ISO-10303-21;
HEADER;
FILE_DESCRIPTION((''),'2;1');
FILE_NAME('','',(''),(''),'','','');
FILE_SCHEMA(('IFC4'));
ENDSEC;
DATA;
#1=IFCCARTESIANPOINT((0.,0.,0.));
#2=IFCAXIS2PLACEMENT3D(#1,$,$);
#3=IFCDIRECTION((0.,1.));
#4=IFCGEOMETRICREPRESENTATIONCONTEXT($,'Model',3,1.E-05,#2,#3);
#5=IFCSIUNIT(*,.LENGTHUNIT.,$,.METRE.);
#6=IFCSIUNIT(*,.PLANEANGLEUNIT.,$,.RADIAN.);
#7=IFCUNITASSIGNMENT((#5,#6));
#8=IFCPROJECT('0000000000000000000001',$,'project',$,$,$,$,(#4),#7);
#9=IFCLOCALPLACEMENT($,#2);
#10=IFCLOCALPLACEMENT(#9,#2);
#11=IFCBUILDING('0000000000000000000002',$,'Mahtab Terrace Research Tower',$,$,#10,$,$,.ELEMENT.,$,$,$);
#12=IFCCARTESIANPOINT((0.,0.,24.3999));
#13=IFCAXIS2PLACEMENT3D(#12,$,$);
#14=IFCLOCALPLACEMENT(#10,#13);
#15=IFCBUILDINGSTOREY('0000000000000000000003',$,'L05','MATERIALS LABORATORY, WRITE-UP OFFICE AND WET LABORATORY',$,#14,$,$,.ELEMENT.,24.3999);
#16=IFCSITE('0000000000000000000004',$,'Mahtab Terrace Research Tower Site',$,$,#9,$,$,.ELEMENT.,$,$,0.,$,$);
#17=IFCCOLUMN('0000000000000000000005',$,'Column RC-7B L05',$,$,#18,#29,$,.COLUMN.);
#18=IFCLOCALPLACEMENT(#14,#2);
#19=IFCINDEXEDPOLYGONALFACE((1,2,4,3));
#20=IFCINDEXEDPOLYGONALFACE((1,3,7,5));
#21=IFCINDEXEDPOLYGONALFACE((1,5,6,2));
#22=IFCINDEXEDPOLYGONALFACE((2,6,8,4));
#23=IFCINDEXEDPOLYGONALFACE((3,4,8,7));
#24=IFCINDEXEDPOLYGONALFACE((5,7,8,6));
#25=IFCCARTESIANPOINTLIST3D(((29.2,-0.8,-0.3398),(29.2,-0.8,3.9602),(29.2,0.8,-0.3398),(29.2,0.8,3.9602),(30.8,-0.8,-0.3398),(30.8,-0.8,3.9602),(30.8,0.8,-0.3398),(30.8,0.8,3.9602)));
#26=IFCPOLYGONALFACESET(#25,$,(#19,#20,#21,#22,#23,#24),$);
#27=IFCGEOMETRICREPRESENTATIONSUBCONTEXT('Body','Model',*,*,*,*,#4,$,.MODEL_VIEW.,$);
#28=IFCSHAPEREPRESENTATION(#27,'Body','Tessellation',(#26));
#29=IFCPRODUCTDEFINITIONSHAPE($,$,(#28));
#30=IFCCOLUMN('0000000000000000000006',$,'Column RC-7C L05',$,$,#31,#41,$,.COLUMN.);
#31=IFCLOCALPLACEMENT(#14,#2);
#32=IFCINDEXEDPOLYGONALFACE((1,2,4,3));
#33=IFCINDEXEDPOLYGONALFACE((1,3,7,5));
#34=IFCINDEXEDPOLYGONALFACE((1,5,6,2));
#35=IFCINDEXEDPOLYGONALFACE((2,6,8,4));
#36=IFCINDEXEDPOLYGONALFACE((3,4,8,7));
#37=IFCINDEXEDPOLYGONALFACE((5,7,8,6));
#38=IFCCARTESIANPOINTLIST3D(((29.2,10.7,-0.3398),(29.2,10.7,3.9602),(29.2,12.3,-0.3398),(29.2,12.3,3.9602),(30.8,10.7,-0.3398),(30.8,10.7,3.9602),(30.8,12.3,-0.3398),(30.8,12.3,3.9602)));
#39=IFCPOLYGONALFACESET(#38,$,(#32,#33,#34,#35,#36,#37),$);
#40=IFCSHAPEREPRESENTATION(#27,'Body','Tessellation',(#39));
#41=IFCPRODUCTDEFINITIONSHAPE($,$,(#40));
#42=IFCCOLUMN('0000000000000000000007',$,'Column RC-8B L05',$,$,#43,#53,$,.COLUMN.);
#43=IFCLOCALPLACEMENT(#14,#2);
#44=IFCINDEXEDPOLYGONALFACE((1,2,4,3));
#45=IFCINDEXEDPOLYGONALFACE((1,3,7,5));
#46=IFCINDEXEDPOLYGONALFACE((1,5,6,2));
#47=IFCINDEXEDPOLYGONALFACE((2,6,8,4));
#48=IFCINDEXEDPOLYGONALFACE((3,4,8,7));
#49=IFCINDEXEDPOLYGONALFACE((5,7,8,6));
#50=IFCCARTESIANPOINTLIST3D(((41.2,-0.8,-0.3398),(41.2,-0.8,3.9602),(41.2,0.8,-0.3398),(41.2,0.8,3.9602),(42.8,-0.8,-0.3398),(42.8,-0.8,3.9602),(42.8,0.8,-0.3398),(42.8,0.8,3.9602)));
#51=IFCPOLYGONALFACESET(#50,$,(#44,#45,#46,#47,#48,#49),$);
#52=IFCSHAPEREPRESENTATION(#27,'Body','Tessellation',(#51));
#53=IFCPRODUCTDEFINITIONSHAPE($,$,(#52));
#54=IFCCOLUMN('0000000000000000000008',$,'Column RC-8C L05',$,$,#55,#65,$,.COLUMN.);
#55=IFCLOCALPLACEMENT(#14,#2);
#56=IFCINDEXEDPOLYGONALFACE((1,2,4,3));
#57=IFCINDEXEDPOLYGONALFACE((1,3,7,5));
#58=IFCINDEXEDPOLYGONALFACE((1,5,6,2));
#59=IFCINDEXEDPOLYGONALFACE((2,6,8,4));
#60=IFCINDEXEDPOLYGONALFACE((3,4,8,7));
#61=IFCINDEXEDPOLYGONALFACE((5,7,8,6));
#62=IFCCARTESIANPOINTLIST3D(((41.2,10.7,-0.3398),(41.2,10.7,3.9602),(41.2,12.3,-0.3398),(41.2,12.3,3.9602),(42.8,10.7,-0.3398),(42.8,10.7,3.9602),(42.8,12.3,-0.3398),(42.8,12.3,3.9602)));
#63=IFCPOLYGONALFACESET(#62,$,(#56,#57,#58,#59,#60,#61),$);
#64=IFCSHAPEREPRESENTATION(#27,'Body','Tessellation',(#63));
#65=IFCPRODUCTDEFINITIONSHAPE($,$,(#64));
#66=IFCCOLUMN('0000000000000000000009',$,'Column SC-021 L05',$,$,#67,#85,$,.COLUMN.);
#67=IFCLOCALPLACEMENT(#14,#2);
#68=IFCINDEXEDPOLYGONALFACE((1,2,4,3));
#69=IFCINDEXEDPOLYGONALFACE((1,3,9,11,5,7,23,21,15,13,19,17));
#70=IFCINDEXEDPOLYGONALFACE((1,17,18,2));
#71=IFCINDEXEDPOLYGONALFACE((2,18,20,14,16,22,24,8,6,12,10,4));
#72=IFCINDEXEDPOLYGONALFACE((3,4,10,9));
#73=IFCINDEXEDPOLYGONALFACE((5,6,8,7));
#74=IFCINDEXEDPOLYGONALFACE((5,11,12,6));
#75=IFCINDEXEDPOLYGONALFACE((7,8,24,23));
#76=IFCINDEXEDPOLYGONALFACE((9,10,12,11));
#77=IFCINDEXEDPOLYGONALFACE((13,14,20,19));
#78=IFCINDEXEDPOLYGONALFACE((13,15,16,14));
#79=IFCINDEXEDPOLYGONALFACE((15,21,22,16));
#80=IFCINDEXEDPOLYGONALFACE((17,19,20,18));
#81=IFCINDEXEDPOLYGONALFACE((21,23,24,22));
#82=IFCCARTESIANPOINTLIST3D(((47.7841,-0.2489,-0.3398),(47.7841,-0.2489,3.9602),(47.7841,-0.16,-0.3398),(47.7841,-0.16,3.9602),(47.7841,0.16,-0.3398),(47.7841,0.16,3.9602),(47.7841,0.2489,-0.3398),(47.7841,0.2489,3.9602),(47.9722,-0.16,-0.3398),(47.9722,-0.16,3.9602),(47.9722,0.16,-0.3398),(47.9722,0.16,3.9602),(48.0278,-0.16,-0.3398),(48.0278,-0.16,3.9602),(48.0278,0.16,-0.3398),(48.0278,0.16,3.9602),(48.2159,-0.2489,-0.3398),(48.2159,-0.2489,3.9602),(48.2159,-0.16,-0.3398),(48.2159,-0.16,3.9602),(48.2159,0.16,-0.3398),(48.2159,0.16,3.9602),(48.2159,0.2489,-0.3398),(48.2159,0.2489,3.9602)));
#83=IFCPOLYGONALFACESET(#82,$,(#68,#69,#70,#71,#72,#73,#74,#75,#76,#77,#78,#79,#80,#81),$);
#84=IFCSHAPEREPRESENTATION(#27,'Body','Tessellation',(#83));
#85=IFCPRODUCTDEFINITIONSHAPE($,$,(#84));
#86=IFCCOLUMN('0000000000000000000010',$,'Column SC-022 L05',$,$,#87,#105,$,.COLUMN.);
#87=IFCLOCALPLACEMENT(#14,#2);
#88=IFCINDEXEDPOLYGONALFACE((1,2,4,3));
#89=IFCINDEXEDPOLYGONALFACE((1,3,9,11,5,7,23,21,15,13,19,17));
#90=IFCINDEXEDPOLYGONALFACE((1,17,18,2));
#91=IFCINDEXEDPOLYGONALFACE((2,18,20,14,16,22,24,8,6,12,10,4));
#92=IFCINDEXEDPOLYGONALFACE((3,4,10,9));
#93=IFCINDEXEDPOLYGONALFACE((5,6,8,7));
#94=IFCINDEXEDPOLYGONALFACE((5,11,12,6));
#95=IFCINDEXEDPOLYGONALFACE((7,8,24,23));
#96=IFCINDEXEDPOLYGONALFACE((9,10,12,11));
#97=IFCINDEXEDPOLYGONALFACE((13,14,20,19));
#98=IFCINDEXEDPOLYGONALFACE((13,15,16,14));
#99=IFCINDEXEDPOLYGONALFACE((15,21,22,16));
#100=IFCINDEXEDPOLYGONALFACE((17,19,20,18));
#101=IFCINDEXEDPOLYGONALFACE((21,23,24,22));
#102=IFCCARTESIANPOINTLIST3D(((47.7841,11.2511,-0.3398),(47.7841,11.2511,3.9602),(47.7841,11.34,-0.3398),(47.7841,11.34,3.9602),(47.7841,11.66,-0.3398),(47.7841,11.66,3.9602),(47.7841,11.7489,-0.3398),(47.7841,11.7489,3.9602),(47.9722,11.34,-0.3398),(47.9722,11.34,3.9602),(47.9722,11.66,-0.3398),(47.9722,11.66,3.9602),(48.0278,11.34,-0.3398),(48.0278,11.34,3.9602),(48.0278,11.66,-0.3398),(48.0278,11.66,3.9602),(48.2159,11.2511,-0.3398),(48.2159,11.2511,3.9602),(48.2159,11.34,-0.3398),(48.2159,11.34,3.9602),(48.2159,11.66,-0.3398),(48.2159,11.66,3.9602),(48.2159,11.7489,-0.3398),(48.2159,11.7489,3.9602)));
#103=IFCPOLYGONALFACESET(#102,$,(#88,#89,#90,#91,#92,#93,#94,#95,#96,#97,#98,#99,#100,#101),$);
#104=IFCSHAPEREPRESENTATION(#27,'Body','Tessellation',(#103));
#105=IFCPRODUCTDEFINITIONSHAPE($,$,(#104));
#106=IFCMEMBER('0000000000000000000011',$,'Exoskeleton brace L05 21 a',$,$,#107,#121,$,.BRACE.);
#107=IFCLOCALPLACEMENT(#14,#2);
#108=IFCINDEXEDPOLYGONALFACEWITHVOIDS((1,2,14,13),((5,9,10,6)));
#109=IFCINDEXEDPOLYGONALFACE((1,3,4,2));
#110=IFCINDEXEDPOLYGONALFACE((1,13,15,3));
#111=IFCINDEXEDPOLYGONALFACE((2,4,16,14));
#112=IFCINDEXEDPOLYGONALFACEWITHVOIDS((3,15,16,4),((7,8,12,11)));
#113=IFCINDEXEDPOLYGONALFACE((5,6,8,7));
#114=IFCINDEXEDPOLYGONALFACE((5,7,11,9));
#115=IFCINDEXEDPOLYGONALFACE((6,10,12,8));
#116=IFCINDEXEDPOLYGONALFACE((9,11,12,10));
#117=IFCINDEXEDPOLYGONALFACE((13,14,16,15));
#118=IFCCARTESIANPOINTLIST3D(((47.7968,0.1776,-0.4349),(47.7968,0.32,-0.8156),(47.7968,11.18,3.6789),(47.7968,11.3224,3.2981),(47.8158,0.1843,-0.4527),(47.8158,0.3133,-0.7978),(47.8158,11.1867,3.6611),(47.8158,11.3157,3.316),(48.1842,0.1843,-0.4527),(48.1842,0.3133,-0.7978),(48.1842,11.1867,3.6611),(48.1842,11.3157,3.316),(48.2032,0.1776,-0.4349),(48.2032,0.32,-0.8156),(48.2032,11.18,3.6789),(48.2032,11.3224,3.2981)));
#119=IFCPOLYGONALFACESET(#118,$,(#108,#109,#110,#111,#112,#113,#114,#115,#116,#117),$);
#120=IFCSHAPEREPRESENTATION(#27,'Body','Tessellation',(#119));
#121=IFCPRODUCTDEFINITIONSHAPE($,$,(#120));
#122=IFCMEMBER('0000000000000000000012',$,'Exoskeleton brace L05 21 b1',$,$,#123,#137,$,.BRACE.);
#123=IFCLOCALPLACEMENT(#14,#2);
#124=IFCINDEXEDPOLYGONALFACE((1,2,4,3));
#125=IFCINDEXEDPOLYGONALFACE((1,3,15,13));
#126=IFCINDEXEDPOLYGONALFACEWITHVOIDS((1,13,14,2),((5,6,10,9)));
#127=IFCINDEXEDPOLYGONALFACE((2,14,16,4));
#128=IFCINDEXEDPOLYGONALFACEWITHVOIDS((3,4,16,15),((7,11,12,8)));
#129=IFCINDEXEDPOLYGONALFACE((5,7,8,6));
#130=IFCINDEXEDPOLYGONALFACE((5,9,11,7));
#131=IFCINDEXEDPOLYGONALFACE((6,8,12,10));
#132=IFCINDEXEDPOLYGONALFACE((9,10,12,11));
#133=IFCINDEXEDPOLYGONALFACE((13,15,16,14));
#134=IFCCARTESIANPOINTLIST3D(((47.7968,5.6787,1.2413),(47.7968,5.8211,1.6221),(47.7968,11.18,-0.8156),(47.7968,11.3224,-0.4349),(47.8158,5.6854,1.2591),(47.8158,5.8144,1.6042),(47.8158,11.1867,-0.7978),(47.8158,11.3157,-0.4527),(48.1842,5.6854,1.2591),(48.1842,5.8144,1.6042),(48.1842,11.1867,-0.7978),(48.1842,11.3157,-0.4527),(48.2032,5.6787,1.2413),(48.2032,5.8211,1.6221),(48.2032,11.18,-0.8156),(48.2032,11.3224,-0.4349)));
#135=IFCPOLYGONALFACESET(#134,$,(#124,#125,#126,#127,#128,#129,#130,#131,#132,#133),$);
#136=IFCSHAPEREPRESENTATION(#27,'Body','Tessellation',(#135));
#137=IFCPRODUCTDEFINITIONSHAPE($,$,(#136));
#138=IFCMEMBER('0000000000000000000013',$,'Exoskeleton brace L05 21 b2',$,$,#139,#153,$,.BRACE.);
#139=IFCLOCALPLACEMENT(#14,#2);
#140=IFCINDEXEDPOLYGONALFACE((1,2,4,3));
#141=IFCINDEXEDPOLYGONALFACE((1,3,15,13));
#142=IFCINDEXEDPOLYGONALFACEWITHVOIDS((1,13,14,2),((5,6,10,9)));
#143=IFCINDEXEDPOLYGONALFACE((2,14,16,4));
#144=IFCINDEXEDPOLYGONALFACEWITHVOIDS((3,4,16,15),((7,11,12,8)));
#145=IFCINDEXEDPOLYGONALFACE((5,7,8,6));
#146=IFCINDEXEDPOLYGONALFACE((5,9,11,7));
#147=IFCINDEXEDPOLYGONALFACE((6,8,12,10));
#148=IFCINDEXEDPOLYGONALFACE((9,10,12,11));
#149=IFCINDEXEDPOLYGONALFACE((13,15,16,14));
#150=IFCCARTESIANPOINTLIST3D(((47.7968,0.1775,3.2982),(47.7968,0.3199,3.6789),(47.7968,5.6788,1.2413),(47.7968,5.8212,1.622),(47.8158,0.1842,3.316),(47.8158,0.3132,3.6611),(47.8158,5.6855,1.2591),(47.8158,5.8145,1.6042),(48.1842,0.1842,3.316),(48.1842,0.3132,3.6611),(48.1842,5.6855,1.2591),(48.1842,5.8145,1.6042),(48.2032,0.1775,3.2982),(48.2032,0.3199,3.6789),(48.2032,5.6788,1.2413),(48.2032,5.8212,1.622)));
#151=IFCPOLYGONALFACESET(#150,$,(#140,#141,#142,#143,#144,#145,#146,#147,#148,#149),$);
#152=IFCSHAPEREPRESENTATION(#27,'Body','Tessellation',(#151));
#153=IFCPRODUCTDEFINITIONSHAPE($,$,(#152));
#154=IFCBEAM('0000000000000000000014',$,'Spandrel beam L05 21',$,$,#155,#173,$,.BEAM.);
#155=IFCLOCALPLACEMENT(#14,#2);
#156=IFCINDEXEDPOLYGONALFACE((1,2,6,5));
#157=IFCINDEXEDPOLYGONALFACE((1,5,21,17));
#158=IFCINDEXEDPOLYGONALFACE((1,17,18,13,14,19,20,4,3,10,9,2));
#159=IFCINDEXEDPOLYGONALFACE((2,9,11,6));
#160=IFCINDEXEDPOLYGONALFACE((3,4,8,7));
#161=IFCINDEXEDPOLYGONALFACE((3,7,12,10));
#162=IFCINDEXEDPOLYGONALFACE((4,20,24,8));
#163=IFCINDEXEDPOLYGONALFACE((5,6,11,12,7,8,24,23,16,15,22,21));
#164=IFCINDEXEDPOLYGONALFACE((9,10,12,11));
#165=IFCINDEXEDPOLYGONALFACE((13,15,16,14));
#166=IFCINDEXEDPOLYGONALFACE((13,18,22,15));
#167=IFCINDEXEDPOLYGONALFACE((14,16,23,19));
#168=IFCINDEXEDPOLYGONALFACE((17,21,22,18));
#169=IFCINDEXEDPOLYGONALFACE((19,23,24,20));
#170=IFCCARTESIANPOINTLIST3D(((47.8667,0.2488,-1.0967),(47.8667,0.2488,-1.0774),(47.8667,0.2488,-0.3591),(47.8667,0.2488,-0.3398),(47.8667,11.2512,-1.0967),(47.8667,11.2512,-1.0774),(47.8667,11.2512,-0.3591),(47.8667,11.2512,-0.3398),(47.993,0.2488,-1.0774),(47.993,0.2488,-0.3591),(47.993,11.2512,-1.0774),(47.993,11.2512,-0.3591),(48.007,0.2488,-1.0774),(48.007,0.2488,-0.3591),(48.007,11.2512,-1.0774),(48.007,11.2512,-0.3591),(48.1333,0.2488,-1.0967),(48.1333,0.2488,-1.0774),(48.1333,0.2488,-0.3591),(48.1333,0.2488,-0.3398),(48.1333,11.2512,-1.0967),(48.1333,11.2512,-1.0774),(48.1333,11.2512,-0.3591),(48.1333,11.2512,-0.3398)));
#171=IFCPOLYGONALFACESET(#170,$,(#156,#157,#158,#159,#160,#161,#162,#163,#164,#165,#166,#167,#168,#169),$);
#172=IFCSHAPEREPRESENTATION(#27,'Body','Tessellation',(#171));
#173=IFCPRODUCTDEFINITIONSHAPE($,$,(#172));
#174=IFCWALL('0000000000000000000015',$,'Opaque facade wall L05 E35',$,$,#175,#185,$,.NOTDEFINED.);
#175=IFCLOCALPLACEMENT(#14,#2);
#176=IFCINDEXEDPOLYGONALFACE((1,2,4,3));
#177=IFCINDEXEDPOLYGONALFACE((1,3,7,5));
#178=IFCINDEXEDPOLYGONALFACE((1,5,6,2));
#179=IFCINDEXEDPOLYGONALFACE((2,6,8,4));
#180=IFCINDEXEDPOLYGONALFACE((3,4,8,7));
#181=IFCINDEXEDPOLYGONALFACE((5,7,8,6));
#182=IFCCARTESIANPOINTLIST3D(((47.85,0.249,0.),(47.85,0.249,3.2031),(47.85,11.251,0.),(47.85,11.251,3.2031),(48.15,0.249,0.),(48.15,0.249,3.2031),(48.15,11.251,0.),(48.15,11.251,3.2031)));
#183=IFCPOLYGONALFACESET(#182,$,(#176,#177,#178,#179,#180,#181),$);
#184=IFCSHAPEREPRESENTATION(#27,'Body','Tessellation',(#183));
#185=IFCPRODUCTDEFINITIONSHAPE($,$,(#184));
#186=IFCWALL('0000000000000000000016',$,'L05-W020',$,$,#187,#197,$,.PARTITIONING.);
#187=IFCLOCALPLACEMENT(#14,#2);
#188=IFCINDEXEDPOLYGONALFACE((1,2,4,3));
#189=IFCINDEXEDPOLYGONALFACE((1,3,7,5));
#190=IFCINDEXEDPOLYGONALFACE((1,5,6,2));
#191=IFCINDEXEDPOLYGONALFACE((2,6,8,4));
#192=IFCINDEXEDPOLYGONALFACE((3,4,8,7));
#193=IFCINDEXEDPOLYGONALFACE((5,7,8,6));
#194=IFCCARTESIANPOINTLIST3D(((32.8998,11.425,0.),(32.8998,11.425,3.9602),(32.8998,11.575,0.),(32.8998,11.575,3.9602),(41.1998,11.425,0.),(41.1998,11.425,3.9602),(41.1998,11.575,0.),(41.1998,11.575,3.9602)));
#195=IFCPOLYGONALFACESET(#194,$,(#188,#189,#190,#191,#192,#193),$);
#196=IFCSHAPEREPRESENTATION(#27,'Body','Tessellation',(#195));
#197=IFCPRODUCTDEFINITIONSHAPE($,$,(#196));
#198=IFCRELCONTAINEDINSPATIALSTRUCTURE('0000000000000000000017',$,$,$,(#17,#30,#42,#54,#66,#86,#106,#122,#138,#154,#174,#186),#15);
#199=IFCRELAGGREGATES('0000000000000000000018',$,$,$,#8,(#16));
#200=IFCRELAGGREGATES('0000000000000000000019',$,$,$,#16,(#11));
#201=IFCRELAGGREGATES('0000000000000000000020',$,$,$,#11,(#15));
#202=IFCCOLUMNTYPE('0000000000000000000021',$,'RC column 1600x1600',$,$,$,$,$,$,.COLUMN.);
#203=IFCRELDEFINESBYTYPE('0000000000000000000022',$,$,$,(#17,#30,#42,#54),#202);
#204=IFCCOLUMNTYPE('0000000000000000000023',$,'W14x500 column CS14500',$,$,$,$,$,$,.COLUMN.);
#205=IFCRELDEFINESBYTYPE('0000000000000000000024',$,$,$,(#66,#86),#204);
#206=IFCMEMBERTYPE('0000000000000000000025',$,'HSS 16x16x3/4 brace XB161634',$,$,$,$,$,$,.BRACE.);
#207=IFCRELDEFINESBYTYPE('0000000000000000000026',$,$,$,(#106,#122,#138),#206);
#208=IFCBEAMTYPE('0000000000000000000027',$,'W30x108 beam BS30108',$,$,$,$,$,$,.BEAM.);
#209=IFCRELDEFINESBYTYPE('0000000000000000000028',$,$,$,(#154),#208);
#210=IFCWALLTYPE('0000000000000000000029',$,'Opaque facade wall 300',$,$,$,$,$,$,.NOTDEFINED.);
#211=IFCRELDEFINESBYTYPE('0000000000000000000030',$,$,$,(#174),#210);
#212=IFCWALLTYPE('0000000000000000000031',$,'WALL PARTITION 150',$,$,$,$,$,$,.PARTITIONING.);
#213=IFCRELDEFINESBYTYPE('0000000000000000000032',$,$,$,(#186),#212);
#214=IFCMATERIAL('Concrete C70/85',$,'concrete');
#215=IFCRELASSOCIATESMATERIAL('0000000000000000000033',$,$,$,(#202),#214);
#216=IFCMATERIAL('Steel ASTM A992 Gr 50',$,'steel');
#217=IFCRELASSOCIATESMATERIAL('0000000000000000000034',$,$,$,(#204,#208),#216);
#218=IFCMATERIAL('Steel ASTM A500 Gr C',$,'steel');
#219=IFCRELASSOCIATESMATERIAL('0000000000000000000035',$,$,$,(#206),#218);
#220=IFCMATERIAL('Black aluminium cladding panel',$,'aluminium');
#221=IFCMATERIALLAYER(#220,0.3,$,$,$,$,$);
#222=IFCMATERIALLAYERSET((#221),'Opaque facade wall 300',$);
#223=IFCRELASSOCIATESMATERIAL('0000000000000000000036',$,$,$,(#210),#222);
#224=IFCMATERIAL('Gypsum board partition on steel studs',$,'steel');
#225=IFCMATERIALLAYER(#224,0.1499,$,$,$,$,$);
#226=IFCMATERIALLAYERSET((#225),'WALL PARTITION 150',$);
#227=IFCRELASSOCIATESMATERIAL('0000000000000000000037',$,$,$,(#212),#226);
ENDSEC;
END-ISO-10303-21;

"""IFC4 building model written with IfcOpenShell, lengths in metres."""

from ifc_helpers import new_model, si_unit, direction, frame, frame_2d, origin, origin_2d, place, context, subcontext, project, spatial, rectangle, hollow_rectangle, i_section, extrude, material, layer, layer_set, material_profile, profile_set, type_object, element, save


model = new_model("IFC4")

# Units and contexts
model_context = context("Model", 3, precision=1e-05, world=origin(), true_north=direction((0.0, 1.0)))
body_context = subcontext(model_context, "Body", "Model", "MODEL_VIEW")
ifc_project = project(units=[si_unit("LENGTHUNIT", "METRE"), si_unit("PLANEANGLEUNIT", "RADIAN")], contexts=[model_context])

# Site, building, storey
site_placement = place(None, origin())
site = spatial("IfcSite", under=ifc_project, at=site_placement, Name="Mahtab Terrace Research Tower Site", CompositionType="ELEMENT", RefElevation=0.0)
building_placement = place(site_placement, origin())
building = spatial("IfcBuilding", under=site, at=building_placement, Name="Mahtab Terrace Research Tower", CompositionType="ELEMENT")
storey_placement = place(building_placement, frame((0.0, 0.0, 24.3999)))
storey = spatial("IfcBuildingStorey", under=building, at=storey_placement, Name="L05", Description="MATERIALS LABORATORY, WRITE-UP OFFICE AND WET LABORATORY", CompositionType="ELEMENT", Elevation=24.3999)

# Columns
ifc_material_1 = material(Name="Concrete C70/85", Category="concrete")
ifc_material_profile_1 = material_profile(ifc_material_1, rectangle(XDim=1.6001, YDim=1.6001, at=origin_2d()), Name="RC column 1600x1600")
ifc_profile_set_1 = profile_set([ifc_material_profile_1], Name="Concrete C70/85")
column_type_1 = type_object("IfcColumnType", Name="RC column 1600x1600", PredefinedType="COLUMN", material=ifc_profile_set_1)
for number, where, z_axis, x_axis, name in (
    (1, (30.0, 0.0, -0.3398), (0.0, 0.0, 1.0), (1.0, 0.0, 0.0), "Column RC-7B L05"),
    (2, (30.0, 11.5, -0.3398), (0.0, 0.0, 1.0), (1.0, 0.0, 0.0), "Column RC-7C L05"),
    (3, (42.0, 0.0, -0.3398), (0.0, 0.0, 1.0), (1.0, 0.0, 0.0), "Column RC-8B L05"),
    (4, (42.0, 11.5, -0.3398), (0.0, 0.0, 1.0), (1.0, 0.0, 0.0), "Column RC-8C L05"),
):
    element("IfcColumn", number, at=place(storey_placement, frame(where, z_axis=z_axis, x_axis=x_axis)), inside=storey, type_object=column_type_1, Name=name, PredefinedType="COLUMN", context=body_context, shape_type="SweptSolid", body=[
        extrude(rectangle(XDim=1.6001, YDim=1.6001, at=origin_2d()), origin(), (0.0, 0.0, 1.0), 4.3),
    ])
ifc_material_2 = material(Name="Steel ASTM A992 Gr 50", Category="steel")
ifc_material_profile_2 = material_profile(ifc_material_2, i_section(OverallWidth=0.4319, OverallDepth=0.4978, WebThickness=0.0557, FlangeThickness=0.0889, at=origin_2d()), Name="W14X500")
ifc_profile_set_2 = profile_set([ifc_material_profile_2], Name="Steel ASTM A992 Gr 50")
column_type_2 = type_object("IfcColumnType", Name="W14x500 column CS14500", PredefinedType="COLUMN", material=ifc_profile_set_2)
for number, where, z_axis, x_axis, name in (
    (5, (48.0, 0.0, -0.3398), (0.0, 0.0, 1.0), (1.0, 0.0, 0.0), "Column SC-021 L05"),
    (6, (48.0, 11.5, -0.3398), (0.0, 0.0, 1.0), (1.0, 0.0, 0.0), "Column SC-022 L05"),
):
    element("IfcColumn", number, at=place(storey_placement, frame(where, z_axis=z_axis, x_axis=x_axis)), inside=storey, type_object=column_type_2, Name=name, PredefinedType="COLUMN", context=body_context, shape_type="SweptSolid", body=[
        extrude(i_section(OverallWidth=0.4319, OverallDepth=0.4978, WebThickness=0.0557, FlangeThickness=0.0889, at=origin_2d()), origin(), (0.0, 0.0, 1.0), 4.3),
    ])

# Members
ifc_material_3 = material(Name="Steel ASTM A500 Gr C", Category="steel")
ifc_material_profile_3 = material_profile(ifc_material_3, hollow_rectangle(XDim=0.4065, YDim=0.4065, WallThickness=0.019, at=origin_2d()), Name="HSS16X16X3/4")
ifc_profile_set_3 = profile_set([ifc_material_profile_3], Name="Steel ASTM A500 Gr C")
member_type = type_object("IfcMemberType", Name="HSS 16x16x3/4 brace XB161634", PredefinedType="BRACE", material=ifc_profile_set_3)
member_placement = place(storey_placement, frame((48.0, 0.2488, -0.6252), z_axis=(0.0, 0.936669, 0.350217), x_axis=(-1.0, 0.0, 0.0)))
element("IfcMember", 7, at=member_placement, inside=storey, type_object=member_type, Name="Exoskeleton brace L05 21 a", PredefinedType="BRACE", context=body_context, shape_type="SweptSolid", body=[
    extrude(hollow_rectangle(XDim=0.4065, YDim=0.4065, WallThickness=0.019, at=origin_2d()), origin(), (0.0, 0.0, 1.0), 11.7463),
])
for number, where, z_axis, x_axis, name in (
    (8, (48.0, 11.2512, -0.6252), (0.0, -0.936669, 0.350217), (1.0, 0.0, 0.0), "Exoskeleton brace L05 21 b1"),
    (9, (48.0, 5.75, 1.4316), (0.0, -0.936669, 0.350217), (1.0, 0.0, 0.0), "Exoskeleton brace L05 21 b2"),
):
    element("IfcMember", number, at=place(storey_placement, frame(where, z_axis=z_axis, x_axis=x_axis)), inside=storey, type_object=member_type, Name=name, PredefinedType="BRACE", context=body_context, shape_type="SweptSolid", body=[
        extrude(hollow_rectangle(XDim=0.4065, YDim=0.4065, WallThickness=0.019, at=origin_2d()), origin(), (0.0, 0.0, 1.0), 5.8733),
    ])

# Beam
ifc_material_profile_4 = material_profile(ifc_material_2, i_section(OverallWidth=0.2666, OverallDepth=0.7568, WebThickness=0.0139, FlangeThickness=0.0193, at=origin_2d()), Name="W30X108")
ifc_profile_set_4 = profile_set([ifc_material_profile_4], Name="Steel ASTM A992 Gr 50")
beam_type = type_object("IfcBeamType", Name="W30x108 beam BS30108", PredefinedType="BEAM", material=ifc_profile_set_4)
beam_placement = place(storey_placement, frame((48.0, 0.2488, -0.7183), z_axis=(0.0, 1.0, 0.0), x_axis=(-1.0, 0.0, 0.0)))
element("IfcBeam", 10, at=beam_placement, inside=storey, type_object=beam_type, Name="Spandrel beam L05 21", PredefinedType="BEAM", context=body_context, shape_type="SweptSolid", body=[
    extrude(i_section(OverallWidth=0.2666, OverallDepth=0.7568, WebThickness=0.0139, FlangeThickness=0.0193, at=origin_2d()), origin(), (0.0, 0.0, 1.0), 11.0024),
])

# Walls
ifc_material_4 = material(Name="Black aluminium cladding panel", Category="aluminium")
ifc_layer_1 = layer(ifc_material_4, 0.3)
ifc_layer_set_1 = layer_set([ifc_layer_1], Name="Opaque facade wall 300")
wall_type_1 = type_object("IfcWallType", Name="Opaque facade wall 300", PredefinedType="NOTDEFINED", material=ifc_layer_set_1)
wall_1_placement = place(storey_placement, frame((48.0, 0.249, 0.0), z_axis=(0.0, 0.0, 1.0), x_axis=(0.0, 1.0, 0.0)))
element("IfcWall", 11, at=wall_1_placement, inside=storey, type_object=wall_type_1, Name="Opaque facade wall L05 E35", PredefinedType="NOTDEFINED", context=body_context, shape_type="SweptSolid", body=[
    extrude(rectangle(XDim=11.002, YDim=0.3, at=frame_2d((5.501, 0.0))), origin(), (0.0, 0.0, 1.0), 3.2031),
])
ifc_material_5 = material(Name="Gypsum board partition on steel studs", Category="steel")
ifc_layer_2 = layer(ifc_material_5, 0.1499)
ifc_layer_set_2 = layer_set([ifc_layer_2], Name="WALL PARTITION 150")
wall_type_2 = type_object("IfcWallType", Name="WALL PARTITION 150", PredefinedType="PARTITIONING", material=ifc_layer_set_2)
wall_2_placement = place(storey_placement, frame((32.8999, 11.5, 0.0), z_axis=(0.0, 0.0, 1.0), x_axis=(1.0, 0.0, 0.0)))
element("IfcWall", 12, at=wall_2_placement, inside=storey, type_object=wall_type_2, Name="L05-W020", PredefinedType="PARTITIONING", context=body_context, shape_type="SweptSolid", body=[
    extrude(rectangle(XDim=8.3, YDim=0.1499, at=frame_2d((4.1499, 0.0))), origin(), (0.0, 0.0, 1.0), 3.9602),
])

save(model, "model.ifc")
